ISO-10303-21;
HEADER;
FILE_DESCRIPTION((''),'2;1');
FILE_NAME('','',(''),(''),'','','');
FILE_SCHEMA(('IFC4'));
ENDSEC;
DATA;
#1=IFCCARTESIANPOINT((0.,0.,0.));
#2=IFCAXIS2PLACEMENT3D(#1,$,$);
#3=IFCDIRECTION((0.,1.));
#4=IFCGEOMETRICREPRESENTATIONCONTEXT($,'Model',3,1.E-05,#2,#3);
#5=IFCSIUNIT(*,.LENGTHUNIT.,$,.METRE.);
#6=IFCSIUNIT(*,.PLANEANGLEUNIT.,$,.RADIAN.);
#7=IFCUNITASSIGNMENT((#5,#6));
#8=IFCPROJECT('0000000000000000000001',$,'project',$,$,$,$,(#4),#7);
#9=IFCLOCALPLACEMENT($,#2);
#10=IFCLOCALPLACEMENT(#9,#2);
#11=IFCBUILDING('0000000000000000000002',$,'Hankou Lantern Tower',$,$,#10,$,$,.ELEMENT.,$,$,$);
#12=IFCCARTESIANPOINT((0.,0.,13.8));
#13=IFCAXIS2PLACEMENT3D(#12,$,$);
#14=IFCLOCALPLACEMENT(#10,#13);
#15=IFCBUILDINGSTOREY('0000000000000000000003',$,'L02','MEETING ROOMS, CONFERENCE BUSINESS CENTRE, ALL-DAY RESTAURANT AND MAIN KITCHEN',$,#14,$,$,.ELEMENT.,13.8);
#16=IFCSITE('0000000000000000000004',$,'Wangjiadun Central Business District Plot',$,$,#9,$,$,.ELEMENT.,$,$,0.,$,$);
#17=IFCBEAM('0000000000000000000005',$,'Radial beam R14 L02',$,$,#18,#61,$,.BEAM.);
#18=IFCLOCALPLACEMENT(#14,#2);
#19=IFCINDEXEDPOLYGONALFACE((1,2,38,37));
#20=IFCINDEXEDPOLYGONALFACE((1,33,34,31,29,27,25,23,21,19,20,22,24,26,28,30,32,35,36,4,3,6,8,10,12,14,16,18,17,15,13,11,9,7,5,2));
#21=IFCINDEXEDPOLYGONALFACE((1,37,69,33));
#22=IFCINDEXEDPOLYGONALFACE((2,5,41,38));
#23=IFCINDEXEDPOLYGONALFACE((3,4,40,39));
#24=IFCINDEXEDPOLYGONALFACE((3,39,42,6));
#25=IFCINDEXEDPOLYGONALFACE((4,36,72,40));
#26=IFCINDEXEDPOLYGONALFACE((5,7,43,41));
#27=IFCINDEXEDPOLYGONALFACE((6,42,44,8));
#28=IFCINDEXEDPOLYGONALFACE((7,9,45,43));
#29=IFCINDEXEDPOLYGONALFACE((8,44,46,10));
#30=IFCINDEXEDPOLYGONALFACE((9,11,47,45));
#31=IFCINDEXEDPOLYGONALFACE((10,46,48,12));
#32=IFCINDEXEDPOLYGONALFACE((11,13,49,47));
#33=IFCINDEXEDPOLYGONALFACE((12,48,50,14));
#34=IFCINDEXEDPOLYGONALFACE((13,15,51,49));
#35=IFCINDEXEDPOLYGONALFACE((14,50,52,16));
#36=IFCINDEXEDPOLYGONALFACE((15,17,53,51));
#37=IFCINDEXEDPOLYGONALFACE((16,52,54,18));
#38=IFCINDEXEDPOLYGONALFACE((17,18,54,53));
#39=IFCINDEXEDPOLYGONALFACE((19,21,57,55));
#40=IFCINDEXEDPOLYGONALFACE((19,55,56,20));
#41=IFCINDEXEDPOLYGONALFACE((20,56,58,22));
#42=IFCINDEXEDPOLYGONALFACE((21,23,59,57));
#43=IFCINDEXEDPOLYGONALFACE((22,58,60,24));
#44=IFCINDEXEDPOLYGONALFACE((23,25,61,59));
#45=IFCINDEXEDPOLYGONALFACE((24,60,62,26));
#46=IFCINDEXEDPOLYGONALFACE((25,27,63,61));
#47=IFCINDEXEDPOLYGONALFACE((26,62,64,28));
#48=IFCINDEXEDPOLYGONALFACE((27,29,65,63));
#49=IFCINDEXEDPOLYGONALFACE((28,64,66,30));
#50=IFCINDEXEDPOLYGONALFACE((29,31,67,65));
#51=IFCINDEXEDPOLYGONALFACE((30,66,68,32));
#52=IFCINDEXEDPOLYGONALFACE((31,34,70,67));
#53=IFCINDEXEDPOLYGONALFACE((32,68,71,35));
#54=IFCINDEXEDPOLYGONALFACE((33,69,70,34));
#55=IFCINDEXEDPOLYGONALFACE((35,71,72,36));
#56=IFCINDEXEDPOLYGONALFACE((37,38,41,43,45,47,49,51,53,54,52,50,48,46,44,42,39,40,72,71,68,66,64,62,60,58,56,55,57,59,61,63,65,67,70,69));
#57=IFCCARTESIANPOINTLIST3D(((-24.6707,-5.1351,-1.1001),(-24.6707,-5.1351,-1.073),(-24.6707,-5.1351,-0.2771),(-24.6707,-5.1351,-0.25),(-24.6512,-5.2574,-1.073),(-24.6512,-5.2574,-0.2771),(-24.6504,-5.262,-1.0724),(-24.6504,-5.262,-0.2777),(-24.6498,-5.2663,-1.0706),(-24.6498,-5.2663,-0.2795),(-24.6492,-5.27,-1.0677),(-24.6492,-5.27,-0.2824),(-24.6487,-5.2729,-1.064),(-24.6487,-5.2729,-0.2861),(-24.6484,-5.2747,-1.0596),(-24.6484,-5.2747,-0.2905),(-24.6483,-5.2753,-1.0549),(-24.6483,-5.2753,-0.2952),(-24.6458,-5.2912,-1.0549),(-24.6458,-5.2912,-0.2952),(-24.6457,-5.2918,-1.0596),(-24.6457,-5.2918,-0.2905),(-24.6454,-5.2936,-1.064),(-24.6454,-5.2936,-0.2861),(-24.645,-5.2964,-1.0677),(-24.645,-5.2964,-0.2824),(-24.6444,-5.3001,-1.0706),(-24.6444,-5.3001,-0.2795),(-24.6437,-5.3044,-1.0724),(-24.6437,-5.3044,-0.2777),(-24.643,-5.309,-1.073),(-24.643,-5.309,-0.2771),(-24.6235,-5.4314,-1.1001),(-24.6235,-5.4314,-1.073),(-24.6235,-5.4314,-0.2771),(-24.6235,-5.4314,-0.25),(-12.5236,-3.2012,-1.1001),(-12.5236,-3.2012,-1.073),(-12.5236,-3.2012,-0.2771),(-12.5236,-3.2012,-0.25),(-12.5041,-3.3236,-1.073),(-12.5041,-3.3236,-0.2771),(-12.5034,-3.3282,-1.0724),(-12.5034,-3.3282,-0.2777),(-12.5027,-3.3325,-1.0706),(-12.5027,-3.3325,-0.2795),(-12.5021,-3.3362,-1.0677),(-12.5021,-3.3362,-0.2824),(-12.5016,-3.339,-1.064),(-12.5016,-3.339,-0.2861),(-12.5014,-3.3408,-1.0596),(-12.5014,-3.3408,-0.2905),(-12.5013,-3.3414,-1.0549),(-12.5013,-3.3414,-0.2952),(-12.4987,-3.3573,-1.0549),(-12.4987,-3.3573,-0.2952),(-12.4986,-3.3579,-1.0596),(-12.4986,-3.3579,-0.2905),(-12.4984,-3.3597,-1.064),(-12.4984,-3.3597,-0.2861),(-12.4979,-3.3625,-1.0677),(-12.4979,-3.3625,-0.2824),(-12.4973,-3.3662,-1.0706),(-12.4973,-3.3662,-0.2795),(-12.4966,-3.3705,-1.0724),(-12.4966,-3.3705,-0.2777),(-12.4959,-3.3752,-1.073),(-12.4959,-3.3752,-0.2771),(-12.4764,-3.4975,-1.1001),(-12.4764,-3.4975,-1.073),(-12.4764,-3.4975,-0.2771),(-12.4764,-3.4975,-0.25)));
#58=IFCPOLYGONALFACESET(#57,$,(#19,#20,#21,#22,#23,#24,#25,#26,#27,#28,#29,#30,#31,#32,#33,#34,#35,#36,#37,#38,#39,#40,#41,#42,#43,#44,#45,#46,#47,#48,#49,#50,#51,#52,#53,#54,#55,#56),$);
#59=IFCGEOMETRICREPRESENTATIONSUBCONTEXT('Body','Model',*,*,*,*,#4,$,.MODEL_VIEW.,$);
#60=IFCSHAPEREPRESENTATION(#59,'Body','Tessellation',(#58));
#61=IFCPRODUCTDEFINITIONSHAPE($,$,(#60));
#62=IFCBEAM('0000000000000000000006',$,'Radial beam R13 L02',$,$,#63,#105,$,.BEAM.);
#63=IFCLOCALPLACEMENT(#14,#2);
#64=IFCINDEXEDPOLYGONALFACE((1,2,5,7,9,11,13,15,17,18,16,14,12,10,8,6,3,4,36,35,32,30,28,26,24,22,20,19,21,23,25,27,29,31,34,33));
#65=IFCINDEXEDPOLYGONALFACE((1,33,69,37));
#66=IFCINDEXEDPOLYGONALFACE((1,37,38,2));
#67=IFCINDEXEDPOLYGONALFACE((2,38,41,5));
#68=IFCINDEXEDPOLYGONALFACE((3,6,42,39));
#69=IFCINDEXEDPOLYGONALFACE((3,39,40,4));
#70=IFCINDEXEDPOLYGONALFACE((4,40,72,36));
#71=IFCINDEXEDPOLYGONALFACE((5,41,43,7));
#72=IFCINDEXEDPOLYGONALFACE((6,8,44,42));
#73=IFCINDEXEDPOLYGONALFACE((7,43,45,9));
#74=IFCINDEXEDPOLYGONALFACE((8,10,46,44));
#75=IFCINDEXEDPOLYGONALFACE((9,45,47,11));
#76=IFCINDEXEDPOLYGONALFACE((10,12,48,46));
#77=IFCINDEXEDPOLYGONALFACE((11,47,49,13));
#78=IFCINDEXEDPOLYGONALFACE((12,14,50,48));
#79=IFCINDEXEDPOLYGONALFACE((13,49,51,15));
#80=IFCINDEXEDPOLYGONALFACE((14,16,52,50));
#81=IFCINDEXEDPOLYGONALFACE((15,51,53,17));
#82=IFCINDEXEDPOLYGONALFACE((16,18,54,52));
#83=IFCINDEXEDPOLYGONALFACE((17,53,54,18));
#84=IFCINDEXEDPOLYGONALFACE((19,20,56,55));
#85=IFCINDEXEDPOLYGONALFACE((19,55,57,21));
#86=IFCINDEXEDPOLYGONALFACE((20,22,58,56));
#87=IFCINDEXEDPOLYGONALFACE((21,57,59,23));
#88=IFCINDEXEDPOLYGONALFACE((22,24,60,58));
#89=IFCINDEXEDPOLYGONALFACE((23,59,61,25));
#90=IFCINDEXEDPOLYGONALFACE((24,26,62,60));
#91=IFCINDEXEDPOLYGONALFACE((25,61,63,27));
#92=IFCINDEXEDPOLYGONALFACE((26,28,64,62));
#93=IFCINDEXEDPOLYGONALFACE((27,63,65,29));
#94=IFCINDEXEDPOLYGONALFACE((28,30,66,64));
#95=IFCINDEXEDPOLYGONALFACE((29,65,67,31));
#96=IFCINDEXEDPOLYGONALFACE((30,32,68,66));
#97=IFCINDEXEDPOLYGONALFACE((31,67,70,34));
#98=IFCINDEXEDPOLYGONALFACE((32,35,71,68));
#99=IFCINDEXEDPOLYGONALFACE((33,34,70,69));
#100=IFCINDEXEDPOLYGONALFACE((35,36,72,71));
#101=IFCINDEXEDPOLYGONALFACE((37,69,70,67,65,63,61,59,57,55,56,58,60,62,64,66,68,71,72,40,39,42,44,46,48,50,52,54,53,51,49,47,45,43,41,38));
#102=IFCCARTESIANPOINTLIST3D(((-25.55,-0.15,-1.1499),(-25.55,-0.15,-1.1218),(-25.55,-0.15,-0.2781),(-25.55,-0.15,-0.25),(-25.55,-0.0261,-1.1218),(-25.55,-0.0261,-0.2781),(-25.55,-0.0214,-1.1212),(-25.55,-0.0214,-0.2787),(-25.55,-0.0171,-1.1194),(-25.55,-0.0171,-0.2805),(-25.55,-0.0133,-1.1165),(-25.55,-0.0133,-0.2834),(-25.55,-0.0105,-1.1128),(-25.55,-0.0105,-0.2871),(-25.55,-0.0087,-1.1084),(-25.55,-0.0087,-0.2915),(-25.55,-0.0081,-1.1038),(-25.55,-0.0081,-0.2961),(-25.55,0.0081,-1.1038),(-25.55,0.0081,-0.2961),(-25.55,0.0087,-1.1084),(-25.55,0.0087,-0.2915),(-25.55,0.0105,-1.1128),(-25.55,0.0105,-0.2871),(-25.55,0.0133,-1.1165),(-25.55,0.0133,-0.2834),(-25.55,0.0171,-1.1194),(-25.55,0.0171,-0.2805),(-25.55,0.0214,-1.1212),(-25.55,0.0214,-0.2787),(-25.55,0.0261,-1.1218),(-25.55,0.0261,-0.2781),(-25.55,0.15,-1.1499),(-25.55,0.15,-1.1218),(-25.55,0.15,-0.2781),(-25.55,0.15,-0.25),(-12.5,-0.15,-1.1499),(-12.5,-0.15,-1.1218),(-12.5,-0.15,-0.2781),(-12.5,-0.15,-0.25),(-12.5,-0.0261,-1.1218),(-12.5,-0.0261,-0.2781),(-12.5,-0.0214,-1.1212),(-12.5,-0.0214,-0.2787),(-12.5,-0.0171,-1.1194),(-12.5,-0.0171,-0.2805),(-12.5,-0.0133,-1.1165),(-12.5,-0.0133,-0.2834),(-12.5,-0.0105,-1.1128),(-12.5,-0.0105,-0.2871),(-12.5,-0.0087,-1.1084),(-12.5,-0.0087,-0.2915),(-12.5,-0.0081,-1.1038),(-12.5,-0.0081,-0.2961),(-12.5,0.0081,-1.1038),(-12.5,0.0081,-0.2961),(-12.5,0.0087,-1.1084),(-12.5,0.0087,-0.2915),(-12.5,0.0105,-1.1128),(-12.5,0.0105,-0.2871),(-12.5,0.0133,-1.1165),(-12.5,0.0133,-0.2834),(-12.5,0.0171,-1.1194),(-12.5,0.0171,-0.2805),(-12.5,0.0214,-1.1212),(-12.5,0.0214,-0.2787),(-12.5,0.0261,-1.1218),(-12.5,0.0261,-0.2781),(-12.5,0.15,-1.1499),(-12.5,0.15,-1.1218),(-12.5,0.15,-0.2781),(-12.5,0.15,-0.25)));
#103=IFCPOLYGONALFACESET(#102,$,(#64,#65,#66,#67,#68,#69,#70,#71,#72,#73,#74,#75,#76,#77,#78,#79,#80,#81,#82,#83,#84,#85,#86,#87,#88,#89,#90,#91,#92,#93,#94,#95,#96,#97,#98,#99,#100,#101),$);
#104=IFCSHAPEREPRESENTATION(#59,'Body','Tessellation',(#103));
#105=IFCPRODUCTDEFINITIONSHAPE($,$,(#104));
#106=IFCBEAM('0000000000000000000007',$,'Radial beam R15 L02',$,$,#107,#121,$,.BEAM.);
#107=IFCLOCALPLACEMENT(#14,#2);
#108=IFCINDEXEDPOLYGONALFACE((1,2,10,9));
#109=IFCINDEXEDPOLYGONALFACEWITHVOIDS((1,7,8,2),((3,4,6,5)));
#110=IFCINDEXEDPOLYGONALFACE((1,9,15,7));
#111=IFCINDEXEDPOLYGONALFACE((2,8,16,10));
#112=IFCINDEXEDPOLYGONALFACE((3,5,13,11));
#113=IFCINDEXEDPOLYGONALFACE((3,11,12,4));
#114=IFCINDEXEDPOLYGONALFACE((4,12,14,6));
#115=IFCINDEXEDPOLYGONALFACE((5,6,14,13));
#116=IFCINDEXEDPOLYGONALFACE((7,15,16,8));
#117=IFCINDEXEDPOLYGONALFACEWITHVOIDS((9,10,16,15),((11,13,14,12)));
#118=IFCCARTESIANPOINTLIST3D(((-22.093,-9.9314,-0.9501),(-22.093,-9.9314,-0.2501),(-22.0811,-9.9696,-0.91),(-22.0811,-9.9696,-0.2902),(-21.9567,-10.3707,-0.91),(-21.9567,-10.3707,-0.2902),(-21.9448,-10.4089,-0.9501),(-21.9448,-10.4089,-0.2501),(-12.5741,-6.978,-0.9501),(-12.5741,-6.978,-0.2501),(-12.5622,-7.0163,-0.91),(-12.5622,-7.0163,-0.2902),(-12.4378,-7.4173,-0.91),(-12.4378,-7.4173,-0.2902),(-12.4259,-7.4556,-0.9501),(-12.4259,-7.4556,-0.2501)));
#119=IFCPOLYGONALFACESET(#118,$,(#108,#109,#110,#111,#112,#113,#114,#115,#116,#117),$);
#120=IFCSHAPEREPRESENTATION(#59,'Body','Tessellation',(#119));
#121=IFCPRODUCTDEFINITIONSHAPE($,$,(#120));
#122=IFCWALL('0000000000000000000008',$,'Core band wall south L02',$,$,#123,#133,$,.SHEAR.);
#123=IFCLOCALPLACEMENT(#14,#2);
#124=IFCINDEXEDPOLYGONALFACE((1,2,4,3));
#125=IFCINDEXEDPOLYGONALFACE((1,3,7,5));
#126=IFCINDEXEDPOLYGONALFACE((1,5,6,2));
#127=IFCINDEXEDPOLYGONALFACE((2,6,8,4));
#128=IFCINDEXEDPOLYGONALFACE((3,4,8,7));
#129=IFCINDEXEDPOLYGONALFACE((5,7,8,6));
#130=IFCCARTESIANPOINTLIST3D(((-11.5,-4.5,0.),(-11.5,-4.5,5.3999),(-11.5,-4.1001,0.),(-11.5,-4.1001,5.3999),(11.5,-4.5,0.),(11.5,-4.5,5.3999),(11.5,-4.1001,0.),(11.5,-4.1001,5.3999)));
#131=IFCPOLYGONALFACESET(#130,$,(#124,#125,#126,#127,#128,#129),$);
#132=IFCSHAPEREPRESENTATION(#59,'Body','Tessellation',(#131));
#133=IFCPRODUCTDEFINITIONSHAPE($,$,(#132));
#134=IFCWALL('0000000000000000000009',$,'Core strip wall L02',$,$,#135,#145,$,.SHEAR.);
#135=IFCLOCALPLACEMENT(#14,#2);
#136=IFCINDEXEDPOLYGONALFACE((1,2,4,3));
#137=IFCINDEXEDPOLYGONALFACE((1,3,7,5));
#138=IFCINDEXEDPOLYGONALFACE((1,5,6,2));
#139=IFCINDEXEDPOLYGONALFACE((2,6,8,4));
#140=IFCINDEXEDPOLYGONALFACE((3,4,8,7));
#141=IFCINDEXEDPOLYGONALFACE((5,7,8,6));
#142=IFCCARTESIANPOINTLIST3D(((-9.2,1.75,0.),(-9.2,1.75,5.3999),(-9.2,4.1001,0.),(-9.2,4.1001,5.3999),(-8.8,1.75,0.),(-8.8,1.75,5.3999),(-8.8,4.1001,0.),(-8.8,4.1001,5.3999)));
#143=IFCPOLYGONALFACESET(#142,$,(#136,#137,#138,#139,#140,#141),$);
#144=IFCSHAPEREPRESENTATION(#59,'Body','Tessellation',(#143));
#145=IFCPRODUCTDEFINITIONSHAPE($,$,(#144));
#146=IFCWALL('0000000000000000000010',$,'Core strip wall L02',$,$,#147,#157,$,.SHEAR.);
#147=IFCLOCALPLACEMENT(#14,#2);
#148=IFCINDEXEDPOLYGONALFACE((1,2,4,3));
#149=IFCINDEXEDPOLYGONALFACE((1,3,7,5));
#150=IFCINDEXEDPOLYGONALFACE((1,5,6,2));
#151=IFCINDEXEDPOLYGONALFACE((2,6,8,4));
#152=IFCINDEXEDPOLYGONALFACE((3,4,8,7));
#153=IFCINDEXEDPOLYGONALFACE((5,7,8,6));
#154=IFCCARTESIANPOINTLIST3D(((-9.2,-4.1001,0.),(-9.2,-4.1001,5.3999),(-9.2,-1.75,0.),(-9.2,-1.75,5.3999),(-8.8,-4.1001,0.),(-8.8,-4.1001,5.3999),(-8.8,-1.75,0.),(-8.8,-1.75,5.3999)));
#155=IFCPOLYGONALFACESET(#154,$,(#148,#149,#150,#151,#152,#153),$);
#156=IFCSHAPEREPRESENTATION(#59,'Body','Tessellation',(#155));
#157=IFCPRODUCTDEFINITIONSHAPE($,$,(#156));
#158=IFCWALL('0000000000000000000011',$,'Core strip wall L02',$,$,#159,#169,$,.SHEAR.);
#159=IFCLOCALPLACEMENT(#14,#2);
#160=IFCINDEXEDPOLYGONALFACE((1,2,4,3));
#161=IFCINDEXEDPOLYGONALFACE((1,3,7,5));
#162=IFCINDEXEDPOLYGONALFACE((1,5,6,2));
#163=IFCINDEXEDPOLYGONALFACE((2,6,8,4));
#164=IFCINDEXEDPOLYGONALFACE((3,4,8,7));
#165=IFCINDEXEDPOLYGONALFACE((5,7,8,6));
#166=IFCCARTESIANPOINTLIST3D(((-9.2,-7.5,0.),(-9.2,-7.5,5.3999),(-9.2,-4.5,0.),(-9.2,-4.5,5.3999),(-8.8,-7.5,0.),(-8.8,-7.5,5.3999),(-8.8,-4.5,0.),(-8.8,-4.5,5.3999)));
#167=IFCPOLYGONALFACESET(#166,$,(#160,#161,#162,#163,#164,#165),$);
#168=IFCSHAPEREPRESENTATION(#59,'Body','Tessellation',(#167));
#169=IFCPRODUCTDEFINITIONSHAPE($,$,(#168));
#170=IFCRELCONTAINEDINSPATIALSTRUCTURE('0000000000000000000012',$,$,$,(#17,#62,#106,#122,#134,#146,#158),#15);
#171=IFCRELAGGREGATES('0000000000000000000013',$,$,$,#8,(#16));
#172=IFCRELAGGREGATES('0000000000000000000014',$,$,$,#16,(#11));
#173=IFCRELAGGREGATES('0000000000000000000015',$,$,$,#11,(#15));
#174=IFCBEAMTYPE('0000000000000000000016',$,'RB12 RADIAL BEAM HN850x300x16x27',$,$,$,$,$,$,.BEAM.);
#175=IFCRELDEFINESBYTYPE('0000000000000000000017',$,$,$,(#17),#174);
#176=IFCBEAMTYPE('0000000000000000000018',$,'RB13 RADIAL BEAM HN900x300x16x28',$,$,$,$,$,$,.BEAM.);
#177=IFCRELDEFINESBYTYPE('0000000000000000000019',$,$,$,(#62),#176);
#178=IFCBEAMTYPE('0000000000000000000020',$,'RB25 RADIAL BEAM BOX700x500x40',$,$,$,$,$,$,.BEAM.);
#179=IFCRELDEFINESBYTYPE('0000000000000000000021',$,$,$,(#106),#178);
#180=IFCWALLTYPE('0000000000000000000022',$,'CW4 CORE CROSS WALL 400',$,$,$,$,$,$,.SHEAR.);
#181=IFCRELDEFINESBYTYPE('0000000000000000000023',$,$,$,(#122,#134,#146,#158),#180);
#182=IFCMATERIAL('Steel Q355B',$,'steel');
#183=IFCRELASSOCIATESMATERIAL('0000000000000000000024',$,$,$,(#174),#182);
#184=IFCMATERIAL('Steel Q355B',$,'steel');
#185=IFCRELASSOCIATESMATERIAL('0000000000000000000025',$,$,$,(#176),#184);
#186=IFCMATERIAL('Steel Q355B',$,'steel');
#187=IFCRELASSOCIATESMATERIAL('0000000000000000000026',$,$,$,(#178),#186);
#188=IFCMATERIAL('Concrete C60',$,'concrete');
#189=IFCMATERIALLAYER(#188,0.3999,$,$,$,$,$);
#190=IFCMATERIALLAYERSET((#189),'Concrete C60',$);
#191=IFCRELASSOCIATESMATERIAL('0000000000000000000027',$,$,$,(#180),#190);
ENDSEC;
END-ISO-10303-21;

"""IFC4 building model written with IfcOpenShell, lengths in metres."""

from ifc_helpers import new_model, si_unit, direction, frame, frame_2d, origin, origin_2d, place, context, subcontext, project, spatial, rectangle, hollow_rectangle, i_section, extrude, material, layer, layer_set, material_profile, profile_set, type_object, element, save


model = new_model("IFC4")

# Units and contexts
model_context = context("Model", 3, precision=1e-05, world=origin(), true_north=direction((0.0, 1.0)))
body_context = subcontext(model_context, "Body", "Model", "MODEL_VIEW")
ifc_project = project(units=[si_unit("LENGTHUNIT", "METRE"), si_unit("PLANEANGLEUNIT", "RADIAN")], contexts=[model_context])

# Site, building, storey
site_placement = place(None, origin())
site = spatial("IfcSite", under=ifc_project, at=site_placement, Name="Wangjiadun Central Business District Plot", CompositionType="ELEMENT", RefElevation=0.0)
building_placement = place(site_placement, origin())
building = spatial("IfcBuilding", under=site, at=building_placement, Name="Hankou Lantern Tower", CompositionType="ELEMENT")
storey_placement = place(building_placement, frame((0.0, 0.0, 13.8)))
storey = spatial("IfcBuildingStorey", under=building, at=storey_placement, Name="L02", Description="MEETING ROOMS, CONFERENCE BUSINESS CENTRE, ALL-DAY RESTAURANT AND MAIN KITCHEN", CompositionType="ELEMENT", Elevation=13.8)

# Beams
ifc_material_1 = material(Name="Steel Q355B", Category="steel")
ifc_material_profile_1 = material_profile(ifc_material_1, i_section(OverallWidth=0.3, OverallDepth=0.8501, WebThickness=0.0161, FlangeThickness=0.0271, FilletRadius=0.0181, at=origin_2d()), Name="HN850x300x16x27")
ifc_profile_set_1 = profile_set([ifc_material_profile_1], Name="Steel Q355B")
beam_type_1 = type_object("IfcBeamType", Name="RB12 RADIAL BEAM HN850x300x16x27", PredefinedType="BEAM", material=ifc_profile_set_1)
beam_1_placement = place(storey_placement, frame((-12.5, -3.3494, -0.675), z_axis=(-0.987563, -0.157223, 0.0), x_axis=(0.157223, -0.987563, 0.0)))
element("IfcBeam", 1, at=beam_1_placement, inside=storey, type_object=beam_type_1, Name="Radial beam R14 L02", PredefinedType="BEAM", context=body_context, shape_type="SweptSolid", body=[
    extrude(i_section(OverallWidth=0.3, OverallDepth=0.8501, WebThickness=0.0161, FlangeThickness=0.0271, FilletRadius=0.0181, at=origin_2d()), origin(), (0.0, 0.0, 1.0), 12.3),
])
ifc_material_2 = material(Name="Steel Q355B", Category="steel")
ifc_material_profile_2 = material_profile(ifc_material_2, i_section(OverallWidth=0.3, OverallDepth=0.8999, WebThickness=0.0161, FlangeThickness=0.0281, FilletRadius=0.0181, at=origin_2d()), Name="HN900x300x16x28")
ifc_profile_set_2 = profile_set([ifc_material_profile_2], Name="Steel Q355B")
beam_type_2 = type_object("IfcBeamType", Name="RB13 RADIAL BEAM HN900x300x16x28", PredefinedType="BEAM", material=ifc_profile_set_2)
beam_2_placement = place(storey_placement, frame((-12.5, 0.0, -0.7), z_axis=(-1.0, 0.0, 0.0), x_axis=(0.0, -1.0, 0.0)))
element("IfcBeam", 2, at=beam_2_placement, inside=storey, type_object=beam_type_2, Name="Radial beam R13 L02", PredefinedType="BEAM", context=body_context, shape_type="SweptSolid", body=[
    extrude(i_section(OverallWidth=0.3, OverallDepth=0.8999, WebThickness=0.0161, FlangeThickness=0.0281, FilletRadius=0.0181, at=origin_2d()), origin(), (0.0, 0.0, 1.0), 13.05),
])
ifc_material_3 = material(Name="Steel Q355B", Category="steel")
ifc_material_profile_3 = material_profile(ifc_material_3, hollow_rectangle(XDim=0.5, YDim=0.7, WallThickness=0.04, at=origin_2d()), Name="BOX700x500x40")
ifc_profile_set_3 = profile_set([ifc_material_profile_3], Name="Steel Q355B")
beam_type_3 = type_object("IfcBeamType", Name="RB25 RADIAL BEAM BOX700x500x40", PredefinedType="BEAM", material=ifc_profile_set_3)
beam_3_placement = place(storey_placement, frame((-12.5, -7.2168, -0.6001), z_axis=(-0.955087, -0.296324, 0.0), x_axis=(0.296324, -0.955087, 0.0)))
element("IfcBeam", 3, at=beam_3_placement, inside=storey, type_object=beam_type_3, Name="Radial beam R15 L02", PredefinedType="BEAM", context=body_context, shape_type="SweptSolid", body=[
    extrude(hollow_rectangle(XDim=0.5, YDim=0.7, WallThickness=0.04, at=origin_2d()), origin(), (0.0, 0.0, 1.0), 9.9666),
])

# Walls
ifc_material_4 = material(Name="Concrete C60", Category="concrete")
ifc_layer_1 = layer(ifc_material_4, 0.3999)
ifc_layer_set_1 = layer_set([ifc_layer_1], Name="Concrete C60")
wall_type_1 = type_object("IfcWallType", Name="CW4 CORE CROSS WALL 400", PredefinedType="SHEAR", material=ifc_layer_set_1)
wall_1_placement = place(storey_placement, frame((-11.5, -4.3, 0.0), z_axis=(0.0, 0.0, 1.0), x_axis=(1.0, 0.0, 0.0)))
element("IfcWall", 4, at=wall_1_placement, inside=storey, type_object=wall_type_1, Name="Core band wall south L02", PredefinedType="SHEAR", context=body_context, shape_type="SweptSolid", body=[
    extrude(rectangle(XDim=23.0, YDim=0.3999, at=frame_2d((11.5, 0.0))), origin(), (0.0, 0.0, 1.0), 5.3999),
])
for number, where, z_axis, x_axis, name in (
    (5, (-9.0, 1.75, 0.0), (0.0, 0.0, 1.0), (0.0, 1.0, 0.0), "Core strip wall L02"),
    (6, (-9.0, -4.1001, 0.0), (0.0, 0.0, 1.0), (0.0, 1.0, 0.0), "Core strip wall L02"),
):
    element("IfcWall", number, at=place(storey_placement, frame(where, z_axis=z_axis, x_axis=x_axis)), inside=storey, type_object=wall_type_1, Name=name, PredefinedType="SHEAR", context=body_context, shape_type="SweptSolid", body=[
        extrude(rectangle(XDim=2.3501, YDim=0.3999, at=frame_2d((1.175, 0.0))), origin(), (0.0, 0.0, 1.0), 5.3999),
    ])
wall_2_placement = place(storey_placement, frame((-9.0, -7.5, 0.0), z_axis=(0.0, 0.0, 1.0), x_axis=(0.0, 1.0, 0.0)))
element("IfcWall", 7, at=wall_2_placement, inside=storey, type_object=wall_type_1, Name="Core strip wall L02", PredefinedType="SHEAR", context=body_context, shape_type="SweptSolid", body=[
    extrude(rectangle(XDim=3.0, YDim=0.3999, at=frame_2d((1.5, 0.0))), origin(), (0.0, 0.0, 1.0), 5.3999),
])

save(model, "model.ifc")
